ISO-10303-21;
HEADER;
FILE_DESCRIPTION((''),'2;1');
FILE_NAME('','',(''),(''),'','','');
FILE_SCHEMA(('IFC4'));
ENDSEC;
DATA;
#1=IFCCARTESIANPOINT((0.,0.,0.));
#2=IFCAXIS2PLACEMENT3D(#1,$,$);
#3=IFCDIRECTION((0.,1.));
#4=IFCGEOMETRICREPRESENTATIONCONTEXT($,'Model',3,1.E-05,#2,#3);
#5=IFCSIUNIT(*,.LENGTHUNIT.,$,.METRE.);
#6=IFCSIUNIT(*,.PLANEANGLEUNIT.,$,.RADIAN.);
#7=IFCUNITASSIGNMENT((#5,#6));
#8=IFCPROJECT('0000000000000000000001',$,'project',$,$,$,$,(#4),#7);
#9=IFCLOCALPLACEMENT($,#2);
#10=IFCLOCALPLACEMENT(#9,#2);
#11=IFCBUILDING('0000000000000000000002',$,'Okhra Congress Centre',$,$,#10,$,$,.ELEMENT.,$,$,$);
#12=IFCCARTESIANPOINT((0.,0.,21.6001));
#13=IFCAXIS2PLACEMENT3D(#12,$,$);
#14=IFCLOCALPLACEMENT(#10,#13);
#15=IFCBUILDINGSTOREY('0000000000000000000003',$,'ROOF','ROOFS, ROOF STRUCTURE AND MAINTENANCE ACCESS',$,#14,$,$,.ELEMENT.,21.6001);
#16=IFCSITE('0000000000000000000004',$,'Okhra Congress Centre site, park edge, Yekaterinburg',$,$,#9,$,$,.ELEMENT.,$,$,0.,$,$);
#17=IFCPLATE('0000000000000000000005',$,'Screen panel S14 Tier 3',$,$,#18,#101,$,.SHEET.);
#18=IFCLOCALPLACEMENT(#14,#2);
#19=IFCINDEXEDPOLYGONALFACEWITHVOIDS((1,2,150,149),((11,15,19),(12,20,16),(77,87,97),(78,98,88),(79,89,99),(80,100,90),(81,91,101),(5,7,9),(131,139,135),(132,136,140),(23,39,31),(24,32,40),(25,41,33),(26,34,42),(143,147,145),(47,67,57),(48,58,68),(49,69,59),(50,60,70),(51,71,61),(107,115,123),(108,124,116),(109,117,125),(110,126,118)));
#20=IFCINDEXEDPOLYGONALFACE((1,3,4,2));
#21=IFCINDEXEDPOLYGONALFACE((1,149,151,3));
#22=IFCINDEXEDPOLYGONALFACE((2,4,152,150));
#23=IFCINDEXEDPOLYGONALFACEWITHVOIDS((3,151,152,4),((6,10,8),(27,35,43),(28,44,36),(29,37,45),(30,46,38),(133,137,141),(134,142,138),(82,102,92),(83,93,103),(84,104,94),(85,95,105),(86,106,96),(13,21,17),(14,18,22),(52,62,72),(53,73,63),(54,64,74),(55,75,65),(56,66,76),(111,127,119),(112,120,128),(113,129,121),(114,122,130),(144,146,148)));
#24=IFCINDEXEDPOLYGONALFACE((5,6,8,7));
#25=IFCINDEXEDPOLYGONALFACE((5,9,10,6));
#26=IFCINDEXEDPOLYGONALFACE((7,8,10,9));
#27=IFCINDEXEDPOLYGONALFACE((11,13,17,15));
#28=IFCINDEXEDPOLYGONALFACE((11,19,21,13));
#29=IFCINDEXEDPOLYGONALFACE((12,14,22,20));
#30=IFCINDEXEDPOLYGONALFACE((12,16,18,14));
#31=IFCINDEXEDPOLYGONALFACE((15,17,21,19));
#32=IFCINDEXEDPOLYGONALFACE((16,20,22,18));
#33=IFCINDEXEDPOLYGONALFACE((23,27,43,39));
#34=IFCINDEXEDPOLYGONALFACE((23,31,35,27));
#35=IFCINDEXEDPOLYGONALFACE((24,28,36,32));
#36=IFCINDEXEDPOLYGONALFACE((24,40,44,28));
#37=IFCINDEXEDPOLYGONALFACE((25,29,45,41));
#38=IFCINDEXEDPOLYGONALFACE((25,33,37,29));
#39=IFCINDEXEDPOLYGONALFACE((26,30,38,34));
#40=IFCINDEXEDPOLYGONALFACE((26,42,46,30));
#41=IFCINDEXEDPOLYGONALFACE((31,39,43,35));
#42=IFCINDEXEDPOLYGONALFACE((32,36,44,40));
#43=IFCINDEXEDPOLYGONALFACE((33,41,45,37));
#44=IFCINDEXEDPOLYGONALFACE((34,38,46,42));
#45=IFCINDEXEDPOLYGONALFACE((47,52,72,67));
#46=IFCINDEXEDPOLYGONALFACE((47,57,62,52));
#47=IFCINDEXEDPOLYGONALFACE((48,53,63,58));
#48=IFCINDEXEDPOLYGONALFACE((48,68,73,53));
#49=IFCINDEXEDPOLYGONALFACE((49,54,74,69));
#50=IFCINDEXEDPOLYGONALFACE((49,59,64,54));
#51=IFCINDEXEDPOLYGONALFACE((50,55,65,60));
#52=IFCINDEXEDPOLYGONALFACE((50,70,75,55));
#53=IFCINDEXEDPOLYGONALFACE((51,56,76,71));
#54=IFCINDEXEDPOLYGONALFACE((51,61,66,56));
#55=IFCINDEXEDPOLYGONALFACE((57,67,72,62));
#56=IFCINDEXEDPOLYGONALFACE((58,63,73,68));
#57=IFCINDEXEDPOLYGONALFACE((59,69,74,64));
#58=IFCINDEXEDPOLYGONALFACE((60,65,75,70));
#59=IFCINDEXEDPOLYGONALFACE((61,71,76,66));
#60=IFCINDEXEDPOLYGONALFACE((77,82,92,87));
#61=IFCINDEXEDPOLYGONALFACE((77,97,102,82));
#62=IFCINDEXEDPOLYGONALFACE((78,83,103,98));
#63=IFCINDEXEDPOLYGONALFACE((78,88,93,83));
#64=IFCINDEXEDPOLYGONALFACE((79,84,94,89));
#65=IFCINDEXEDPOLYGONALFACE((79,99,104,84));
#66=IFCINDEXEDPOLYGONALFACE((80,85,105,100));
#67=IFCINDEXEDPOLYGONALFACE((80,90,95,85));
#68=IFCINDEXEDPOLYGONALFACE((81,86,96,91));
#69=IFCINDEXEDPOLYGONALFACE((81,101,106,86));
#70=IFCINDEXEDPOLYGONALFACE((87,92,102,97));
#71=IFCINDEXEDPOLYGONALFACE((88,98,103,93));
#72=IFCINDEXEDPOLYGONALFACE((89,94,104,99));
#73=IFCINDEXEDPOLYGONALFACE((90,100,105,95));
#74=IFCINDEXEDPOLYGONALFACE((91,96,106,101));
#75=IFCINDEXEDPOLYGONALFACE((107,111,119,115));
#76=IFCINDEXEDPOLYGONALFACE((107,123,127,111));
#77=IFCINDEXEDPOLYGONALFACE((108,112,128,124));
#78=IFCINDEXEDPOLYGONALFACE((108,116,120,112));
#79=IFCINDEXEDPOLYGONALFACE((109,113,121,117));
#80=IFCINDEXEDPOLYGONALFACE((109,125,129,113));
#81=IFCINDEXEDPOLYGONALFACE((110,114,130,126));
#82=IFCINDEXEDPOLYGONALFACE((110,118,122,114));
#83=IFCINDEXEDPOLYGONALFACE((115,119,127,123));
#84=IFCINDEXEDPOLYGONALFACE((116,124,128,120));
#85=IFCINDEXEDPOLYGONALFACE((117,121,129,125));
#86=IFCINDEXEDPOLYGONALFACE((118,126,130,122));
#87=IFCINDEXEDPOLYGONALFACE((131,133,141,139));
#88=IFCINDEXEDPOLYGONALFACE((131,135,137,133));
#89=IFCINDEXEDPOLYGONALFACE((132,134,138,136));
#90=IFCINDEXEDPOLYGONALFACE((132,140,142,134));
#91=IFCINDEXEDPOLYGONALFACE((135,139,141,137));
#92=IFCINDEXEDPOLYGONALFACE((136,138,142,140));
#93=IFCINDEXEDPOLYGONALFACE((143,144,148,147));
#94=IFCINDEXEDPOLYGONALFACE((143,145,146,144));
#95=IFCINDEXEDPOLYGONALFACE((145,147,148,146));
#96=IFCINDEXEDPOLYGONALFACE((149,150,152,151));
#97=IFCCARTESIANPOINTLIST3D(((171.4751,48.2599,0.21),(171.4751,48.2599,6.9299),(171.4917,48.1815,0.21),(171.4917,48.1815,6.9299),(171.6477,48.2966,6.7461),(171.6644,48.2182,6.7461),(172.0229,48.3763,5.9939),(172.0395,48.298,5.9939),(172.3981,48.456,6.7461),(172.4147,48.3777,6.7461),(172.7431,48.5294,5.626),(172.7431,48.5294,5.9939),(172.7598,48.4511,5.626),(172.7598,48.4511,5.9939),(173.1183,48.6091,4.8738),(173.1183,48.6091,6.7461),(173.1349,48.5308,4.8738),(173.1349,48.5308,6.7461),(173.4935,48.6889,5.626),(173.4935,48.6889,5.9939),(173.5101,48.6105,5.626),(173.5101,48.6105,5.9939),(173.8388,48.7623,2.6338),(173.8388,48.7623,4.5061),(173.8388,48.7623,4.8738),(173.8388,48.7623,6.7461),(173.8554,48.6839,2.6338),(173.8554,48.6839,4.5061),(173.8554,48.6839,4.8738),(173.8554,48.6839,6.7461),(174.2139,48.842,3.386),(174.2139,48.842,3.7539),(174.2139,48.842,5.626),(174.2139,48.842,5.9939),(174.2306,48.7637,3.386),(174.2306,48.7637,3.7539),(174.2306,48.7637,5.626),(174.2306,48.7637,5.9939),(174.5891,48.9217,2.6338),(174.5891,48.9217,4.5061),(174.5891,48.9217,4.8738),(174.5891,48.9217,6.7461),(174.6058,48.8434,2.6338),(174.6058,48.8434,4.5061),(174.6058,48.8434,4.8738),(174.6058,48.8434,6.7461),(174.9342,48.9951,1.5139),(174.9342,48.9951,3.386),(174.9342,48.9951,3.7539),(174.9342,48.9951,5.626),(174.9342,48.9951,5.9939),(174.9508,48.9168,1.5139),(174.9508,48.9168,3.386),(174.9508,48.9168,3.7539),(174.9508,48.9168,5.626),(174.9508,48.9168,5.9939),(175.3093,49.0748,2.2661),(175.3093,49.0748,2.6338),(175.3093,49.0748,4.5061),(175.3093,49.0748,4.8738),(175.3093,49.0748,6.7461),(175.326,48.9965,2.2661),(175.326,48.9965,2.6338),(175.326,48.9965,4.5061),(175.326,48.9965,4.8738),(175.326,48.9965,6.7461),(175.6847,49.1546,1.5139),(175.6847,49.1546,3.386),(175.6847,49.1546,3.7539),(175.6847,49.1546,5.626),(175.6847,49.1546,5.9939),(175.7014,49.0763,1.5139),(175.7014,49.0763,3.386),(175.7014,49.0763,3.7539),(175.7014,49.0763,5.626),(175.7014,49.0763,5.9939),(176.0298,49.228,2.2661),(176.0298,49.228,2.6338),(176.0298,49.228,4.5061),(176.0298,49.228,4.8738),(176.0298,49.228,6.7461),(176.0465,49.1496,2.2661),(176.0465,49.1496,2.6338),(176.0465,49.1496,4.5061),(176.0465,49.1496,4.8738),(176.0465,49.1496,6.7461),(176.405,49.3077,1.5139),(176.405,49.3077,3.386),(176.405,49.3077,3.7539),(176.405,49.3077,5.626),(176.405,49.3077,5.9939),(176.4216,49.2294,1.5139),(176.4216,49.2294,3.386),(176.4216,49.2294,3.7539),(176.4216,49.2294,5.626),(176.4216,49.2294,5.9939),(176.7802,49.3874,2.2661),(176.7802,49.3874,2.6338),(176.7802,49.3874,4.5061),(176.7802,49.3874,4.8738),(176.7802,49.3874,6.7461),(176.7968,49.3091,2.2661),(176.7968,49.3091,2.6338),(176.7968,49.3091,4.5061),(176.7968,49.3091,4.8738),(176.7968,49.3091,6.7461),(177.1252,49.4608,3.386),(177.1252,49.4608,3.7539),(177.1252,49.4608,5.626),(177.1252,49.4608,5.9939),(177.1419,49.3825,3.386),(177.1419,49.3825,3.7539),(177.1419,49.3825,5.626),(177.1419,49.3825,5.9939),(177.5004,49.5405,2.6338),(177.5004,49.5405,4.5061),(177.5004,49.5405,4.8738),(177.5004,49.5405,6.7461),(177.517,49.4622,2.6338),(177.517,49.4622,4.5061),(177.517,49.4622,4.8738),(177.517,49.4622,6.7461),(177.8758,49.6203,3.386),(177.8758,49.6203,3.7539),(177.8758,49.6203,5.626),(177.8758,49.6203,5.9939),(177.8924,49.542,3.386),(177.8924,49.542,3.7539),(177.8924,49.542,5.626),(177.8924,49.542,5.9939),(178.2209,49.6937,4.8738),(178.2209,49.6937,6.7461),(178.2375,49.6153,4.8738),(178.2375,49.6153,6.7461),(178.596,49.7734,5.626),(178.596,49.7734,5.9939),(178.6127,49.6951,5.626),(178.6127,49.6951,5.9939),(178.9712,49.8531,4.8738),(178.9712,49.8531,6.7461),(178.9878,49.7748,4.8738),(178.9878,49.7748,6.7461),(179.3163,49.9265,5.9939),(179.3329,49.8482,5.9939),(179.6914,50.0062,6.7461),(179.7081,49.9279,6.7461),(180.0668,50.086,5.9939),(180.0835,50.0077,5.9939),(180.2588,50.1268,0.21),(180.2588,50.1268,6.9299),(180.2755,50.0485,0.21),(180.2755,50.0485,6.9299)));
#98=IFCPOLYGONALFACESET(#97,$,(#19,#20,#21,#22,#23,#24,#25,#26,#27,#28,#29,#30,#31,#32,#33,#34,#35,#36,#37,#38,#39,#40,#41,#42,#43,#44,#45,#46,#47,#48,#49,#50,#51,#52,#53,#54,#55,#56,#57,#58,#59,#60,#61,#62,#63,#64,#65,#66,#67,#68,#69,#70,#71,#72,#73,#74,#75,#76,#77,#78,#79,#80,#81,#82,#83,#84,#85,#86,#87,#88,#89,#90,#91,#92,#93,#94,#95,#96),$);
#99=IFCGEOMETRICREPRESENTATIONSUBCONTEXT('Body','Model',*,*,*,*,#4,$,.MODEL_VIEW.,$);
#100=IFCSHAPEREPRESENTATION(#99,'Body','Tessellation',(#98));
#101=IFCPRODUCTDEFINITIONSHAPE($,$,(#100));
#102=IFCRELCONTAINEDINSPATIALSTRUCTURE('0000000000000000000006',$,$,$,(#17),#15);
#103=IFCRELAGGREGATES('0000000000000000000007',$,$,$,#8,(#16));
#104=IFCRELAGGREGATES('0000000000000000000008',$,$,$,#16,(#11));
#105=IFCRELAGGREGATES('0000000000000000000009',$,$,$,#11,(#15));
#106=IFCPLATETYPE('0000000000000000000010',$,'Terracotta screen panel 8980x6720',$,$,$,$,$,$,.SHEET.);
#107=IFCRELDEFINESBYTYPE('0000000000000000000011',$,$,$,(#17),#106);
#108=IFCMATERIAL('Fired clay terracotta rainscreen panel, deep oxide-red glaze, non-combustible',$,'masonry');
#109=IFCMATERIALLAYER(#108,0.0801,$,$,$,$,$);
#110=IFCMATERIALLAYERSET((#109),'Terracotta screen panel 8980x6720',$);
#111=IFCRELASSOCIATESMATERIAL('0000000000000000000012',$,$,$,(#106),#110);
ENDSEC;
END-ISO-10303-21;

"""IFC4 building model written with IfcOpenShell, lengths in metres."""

from ifc_helpers import new_model, si_unit, direction, frame, origin, place, context, subcontext, project, spatial, polyline, outline, extrude, material, layer, layer_set, type_object, element, save


model = new_model("IFC4")

# Units and contexts
model_context = context("Model", 3, precision=1e-05, world=origin(), true_north=direction((0.0, 1.0)))
body_context = subcontext(model_context, "Body", "Model", "MODEL_VIEW")
ifc_project = project(units=[si_unit("LENGTHUNIT", "METRE"), si_unit("PLANEANGLEUNIT", "RADIAN")], contexts=[model_context])

# Site, building, storey
site_placement = place(None, origin())
site = spatial("IfcSite", under=ifc_project, at=site_placement, Name="Okhra Congress Centre site, park edge, Yekaterinburg", CompositionType="ELEMENT", RefElevation=0.0)
building_placement = place(site_placement, origin())
building = spatial("IfcBuilding", under=site, at=building_placement, Name="Okhra Congress Centre", CompositionType="ELEMENT")
storey_placement = place(building_placement, frame((0.0, 0.0, 21.6001)))
storey = spatial("IfcBuildingStorey", under=building, at=storey_placement, Name="ROOF", Description="ROOFS, ROOF STRUCTURE AND MAINTENANCE ACCESS", CompositionType="ELEMENT", Elevation=21.6001)

# Plate
ifc_material_1 = material(Name="Fired clay terracotta rainscreen panel, deep oxide-red glaze, non-combustible", Category="masonry")
ifc_layer_1 = layer(ifc_material_1, 0.0801)
ifc_layer_set_1 = layer_set([ifc_layer_1], Name="Terracotta screen panel 8980x6720")
plate_type_1 = type_object("IfcPlateType", Name="Terracotta screen panel 8980x6720", PredefinedType="SHEET", material=ifc_layer_set_1)
plate_1_placement = place(storey_placement, frame((171.4834, 48.2207, 0.21), z_axis=(0.0, 0.0, 1.0), x_axis=(0.97815, 0.207902, 0.0)))
element("IfcPlate", 1, at=plate_1_placement, inside=storey, type_object=plate_type_1, Name="Screen panel S14 Tier 3", PredefinedType="SHEET", context=body_context, shape_type="SweptSolid", body=[
    extrude(outline(polyline([(0.0, 0.0), (8.98, 0.0), (8.98, 6.72), (0.0, 6.72), (0.0, 0.0)]), holes=[polyline([(3.5364, 1.304), (4.3037, 1.304), (3.9199, 2.0562), (3.5364, 1.304)]), polyline([(4.6565, 2.0562), (5.04, 1.304), (5.4236, 2.0562), (4.6565, 2.0562)]), polyline([(2.4165, 2.4238), (3.1836, 2.4238), (2.8, 3.176), (2.4165, 2.4238)]), polyline([(3.5364, 3.176), (3.9199, 2.4238), (4.3037, 3.176), (3.5364, 3.176)]), polyline([(4.6565, 2.4238), (5.4236, 2.4238), (5.04, 3.176), (4.6565, 2.4238)]), polyline([(5.7764, 3.176), (6.1599, 2.4238), (6.5437, 3.176), (5.7764, 3.176)]), polyline([(2.4165, 4.2961), (2.8, 3.5439), (3.1836, 4.2961), (2.4165, 4.2961)]), polyline([(3.5364, 3.5439), (4.3037, 3.5439), (3.9199, 4.2961), (3.5364, 3.5439)]), polyline([(4.6565, 4.2961), (5.04, 3.5439), (5.4236, 4.2961), (4.6565, 4.2961)]), polyline([(5.7764, 3.5439), (6.5437, 3.5439), (6.1599, 4.2961), (5.7764, 3.5439)]), polyline([(1.2964, 5.416), (1.6799, 4.6638), (2.0635, 5.416), (1.2964, 5.416)]), polyline([(2.4165, 4.6638), (3.1836, 4.6638), (2.8, 5.416), (2.4165, 4.6638)]), polyline([(3.5364, 5.416), (3.9199, 4.6638), (4.3037, 5.416), (3.5364, 5.416)]), polyline([(4.6565, 4.6638), (5.4236, 4.6638), (5.04, 5.416), (4.6565, 4.6638)]), polyline([(5.7764, 5.416), (6.1599, 4.6638), (6.5437, 5.416), (5.7764, 5.416)]), polyline([(6.8965, 4.6638), (7.6636, 4.6638), (7.28, 5.416), (6.8965, 4.6638)]), polyline([(0.1765, 6.5361), (0.5601, 5.7839), (0.9436, 6.5361), (0.1765, 6.5361)]), polyline([(1.2964, 5.7839), (2.0635, 5.7839), (1.6799, 6.5361), (1.2964, 5.7839)]), polyline([(2.4165, 6.5361), (2.8, 5.7839), (3.1836, 6.5361), (2.4165, 6.5361)]), polyline([(3.5364, 5.7839), (4.3037, 5.7839), (3.9199, 6.5361), (3.5364, 5.7839)]), polyline([(4.6565, 6.5361), (5.04, 5.7839), (5.4236, 6.5361), (4.6565, 6.5361)]), polyline([(5.7764, 5.7839), (6.5437, 5.7839), (6.1599, 6.5361), (5.7764, 5.7839)]), polyline([(6.8965, 6.5361), (7.28, 5.7839), (7.6636, 6.5361), (6.8965, 6.5361)]), polyline([(8.0164, 5.7839), (8.7837, 5.7839), (8.3999, 6.5361), (8.0164, 5.7839)])]), frame((0.0, 0.04, 0.0), z_axis=(0.0, -1.0, 0.0), x_axis=(1.0, 0.0, 0.0)), (0.0, 0.0, 1.0), 0.0801),
])

save(model, "model.ifc")
